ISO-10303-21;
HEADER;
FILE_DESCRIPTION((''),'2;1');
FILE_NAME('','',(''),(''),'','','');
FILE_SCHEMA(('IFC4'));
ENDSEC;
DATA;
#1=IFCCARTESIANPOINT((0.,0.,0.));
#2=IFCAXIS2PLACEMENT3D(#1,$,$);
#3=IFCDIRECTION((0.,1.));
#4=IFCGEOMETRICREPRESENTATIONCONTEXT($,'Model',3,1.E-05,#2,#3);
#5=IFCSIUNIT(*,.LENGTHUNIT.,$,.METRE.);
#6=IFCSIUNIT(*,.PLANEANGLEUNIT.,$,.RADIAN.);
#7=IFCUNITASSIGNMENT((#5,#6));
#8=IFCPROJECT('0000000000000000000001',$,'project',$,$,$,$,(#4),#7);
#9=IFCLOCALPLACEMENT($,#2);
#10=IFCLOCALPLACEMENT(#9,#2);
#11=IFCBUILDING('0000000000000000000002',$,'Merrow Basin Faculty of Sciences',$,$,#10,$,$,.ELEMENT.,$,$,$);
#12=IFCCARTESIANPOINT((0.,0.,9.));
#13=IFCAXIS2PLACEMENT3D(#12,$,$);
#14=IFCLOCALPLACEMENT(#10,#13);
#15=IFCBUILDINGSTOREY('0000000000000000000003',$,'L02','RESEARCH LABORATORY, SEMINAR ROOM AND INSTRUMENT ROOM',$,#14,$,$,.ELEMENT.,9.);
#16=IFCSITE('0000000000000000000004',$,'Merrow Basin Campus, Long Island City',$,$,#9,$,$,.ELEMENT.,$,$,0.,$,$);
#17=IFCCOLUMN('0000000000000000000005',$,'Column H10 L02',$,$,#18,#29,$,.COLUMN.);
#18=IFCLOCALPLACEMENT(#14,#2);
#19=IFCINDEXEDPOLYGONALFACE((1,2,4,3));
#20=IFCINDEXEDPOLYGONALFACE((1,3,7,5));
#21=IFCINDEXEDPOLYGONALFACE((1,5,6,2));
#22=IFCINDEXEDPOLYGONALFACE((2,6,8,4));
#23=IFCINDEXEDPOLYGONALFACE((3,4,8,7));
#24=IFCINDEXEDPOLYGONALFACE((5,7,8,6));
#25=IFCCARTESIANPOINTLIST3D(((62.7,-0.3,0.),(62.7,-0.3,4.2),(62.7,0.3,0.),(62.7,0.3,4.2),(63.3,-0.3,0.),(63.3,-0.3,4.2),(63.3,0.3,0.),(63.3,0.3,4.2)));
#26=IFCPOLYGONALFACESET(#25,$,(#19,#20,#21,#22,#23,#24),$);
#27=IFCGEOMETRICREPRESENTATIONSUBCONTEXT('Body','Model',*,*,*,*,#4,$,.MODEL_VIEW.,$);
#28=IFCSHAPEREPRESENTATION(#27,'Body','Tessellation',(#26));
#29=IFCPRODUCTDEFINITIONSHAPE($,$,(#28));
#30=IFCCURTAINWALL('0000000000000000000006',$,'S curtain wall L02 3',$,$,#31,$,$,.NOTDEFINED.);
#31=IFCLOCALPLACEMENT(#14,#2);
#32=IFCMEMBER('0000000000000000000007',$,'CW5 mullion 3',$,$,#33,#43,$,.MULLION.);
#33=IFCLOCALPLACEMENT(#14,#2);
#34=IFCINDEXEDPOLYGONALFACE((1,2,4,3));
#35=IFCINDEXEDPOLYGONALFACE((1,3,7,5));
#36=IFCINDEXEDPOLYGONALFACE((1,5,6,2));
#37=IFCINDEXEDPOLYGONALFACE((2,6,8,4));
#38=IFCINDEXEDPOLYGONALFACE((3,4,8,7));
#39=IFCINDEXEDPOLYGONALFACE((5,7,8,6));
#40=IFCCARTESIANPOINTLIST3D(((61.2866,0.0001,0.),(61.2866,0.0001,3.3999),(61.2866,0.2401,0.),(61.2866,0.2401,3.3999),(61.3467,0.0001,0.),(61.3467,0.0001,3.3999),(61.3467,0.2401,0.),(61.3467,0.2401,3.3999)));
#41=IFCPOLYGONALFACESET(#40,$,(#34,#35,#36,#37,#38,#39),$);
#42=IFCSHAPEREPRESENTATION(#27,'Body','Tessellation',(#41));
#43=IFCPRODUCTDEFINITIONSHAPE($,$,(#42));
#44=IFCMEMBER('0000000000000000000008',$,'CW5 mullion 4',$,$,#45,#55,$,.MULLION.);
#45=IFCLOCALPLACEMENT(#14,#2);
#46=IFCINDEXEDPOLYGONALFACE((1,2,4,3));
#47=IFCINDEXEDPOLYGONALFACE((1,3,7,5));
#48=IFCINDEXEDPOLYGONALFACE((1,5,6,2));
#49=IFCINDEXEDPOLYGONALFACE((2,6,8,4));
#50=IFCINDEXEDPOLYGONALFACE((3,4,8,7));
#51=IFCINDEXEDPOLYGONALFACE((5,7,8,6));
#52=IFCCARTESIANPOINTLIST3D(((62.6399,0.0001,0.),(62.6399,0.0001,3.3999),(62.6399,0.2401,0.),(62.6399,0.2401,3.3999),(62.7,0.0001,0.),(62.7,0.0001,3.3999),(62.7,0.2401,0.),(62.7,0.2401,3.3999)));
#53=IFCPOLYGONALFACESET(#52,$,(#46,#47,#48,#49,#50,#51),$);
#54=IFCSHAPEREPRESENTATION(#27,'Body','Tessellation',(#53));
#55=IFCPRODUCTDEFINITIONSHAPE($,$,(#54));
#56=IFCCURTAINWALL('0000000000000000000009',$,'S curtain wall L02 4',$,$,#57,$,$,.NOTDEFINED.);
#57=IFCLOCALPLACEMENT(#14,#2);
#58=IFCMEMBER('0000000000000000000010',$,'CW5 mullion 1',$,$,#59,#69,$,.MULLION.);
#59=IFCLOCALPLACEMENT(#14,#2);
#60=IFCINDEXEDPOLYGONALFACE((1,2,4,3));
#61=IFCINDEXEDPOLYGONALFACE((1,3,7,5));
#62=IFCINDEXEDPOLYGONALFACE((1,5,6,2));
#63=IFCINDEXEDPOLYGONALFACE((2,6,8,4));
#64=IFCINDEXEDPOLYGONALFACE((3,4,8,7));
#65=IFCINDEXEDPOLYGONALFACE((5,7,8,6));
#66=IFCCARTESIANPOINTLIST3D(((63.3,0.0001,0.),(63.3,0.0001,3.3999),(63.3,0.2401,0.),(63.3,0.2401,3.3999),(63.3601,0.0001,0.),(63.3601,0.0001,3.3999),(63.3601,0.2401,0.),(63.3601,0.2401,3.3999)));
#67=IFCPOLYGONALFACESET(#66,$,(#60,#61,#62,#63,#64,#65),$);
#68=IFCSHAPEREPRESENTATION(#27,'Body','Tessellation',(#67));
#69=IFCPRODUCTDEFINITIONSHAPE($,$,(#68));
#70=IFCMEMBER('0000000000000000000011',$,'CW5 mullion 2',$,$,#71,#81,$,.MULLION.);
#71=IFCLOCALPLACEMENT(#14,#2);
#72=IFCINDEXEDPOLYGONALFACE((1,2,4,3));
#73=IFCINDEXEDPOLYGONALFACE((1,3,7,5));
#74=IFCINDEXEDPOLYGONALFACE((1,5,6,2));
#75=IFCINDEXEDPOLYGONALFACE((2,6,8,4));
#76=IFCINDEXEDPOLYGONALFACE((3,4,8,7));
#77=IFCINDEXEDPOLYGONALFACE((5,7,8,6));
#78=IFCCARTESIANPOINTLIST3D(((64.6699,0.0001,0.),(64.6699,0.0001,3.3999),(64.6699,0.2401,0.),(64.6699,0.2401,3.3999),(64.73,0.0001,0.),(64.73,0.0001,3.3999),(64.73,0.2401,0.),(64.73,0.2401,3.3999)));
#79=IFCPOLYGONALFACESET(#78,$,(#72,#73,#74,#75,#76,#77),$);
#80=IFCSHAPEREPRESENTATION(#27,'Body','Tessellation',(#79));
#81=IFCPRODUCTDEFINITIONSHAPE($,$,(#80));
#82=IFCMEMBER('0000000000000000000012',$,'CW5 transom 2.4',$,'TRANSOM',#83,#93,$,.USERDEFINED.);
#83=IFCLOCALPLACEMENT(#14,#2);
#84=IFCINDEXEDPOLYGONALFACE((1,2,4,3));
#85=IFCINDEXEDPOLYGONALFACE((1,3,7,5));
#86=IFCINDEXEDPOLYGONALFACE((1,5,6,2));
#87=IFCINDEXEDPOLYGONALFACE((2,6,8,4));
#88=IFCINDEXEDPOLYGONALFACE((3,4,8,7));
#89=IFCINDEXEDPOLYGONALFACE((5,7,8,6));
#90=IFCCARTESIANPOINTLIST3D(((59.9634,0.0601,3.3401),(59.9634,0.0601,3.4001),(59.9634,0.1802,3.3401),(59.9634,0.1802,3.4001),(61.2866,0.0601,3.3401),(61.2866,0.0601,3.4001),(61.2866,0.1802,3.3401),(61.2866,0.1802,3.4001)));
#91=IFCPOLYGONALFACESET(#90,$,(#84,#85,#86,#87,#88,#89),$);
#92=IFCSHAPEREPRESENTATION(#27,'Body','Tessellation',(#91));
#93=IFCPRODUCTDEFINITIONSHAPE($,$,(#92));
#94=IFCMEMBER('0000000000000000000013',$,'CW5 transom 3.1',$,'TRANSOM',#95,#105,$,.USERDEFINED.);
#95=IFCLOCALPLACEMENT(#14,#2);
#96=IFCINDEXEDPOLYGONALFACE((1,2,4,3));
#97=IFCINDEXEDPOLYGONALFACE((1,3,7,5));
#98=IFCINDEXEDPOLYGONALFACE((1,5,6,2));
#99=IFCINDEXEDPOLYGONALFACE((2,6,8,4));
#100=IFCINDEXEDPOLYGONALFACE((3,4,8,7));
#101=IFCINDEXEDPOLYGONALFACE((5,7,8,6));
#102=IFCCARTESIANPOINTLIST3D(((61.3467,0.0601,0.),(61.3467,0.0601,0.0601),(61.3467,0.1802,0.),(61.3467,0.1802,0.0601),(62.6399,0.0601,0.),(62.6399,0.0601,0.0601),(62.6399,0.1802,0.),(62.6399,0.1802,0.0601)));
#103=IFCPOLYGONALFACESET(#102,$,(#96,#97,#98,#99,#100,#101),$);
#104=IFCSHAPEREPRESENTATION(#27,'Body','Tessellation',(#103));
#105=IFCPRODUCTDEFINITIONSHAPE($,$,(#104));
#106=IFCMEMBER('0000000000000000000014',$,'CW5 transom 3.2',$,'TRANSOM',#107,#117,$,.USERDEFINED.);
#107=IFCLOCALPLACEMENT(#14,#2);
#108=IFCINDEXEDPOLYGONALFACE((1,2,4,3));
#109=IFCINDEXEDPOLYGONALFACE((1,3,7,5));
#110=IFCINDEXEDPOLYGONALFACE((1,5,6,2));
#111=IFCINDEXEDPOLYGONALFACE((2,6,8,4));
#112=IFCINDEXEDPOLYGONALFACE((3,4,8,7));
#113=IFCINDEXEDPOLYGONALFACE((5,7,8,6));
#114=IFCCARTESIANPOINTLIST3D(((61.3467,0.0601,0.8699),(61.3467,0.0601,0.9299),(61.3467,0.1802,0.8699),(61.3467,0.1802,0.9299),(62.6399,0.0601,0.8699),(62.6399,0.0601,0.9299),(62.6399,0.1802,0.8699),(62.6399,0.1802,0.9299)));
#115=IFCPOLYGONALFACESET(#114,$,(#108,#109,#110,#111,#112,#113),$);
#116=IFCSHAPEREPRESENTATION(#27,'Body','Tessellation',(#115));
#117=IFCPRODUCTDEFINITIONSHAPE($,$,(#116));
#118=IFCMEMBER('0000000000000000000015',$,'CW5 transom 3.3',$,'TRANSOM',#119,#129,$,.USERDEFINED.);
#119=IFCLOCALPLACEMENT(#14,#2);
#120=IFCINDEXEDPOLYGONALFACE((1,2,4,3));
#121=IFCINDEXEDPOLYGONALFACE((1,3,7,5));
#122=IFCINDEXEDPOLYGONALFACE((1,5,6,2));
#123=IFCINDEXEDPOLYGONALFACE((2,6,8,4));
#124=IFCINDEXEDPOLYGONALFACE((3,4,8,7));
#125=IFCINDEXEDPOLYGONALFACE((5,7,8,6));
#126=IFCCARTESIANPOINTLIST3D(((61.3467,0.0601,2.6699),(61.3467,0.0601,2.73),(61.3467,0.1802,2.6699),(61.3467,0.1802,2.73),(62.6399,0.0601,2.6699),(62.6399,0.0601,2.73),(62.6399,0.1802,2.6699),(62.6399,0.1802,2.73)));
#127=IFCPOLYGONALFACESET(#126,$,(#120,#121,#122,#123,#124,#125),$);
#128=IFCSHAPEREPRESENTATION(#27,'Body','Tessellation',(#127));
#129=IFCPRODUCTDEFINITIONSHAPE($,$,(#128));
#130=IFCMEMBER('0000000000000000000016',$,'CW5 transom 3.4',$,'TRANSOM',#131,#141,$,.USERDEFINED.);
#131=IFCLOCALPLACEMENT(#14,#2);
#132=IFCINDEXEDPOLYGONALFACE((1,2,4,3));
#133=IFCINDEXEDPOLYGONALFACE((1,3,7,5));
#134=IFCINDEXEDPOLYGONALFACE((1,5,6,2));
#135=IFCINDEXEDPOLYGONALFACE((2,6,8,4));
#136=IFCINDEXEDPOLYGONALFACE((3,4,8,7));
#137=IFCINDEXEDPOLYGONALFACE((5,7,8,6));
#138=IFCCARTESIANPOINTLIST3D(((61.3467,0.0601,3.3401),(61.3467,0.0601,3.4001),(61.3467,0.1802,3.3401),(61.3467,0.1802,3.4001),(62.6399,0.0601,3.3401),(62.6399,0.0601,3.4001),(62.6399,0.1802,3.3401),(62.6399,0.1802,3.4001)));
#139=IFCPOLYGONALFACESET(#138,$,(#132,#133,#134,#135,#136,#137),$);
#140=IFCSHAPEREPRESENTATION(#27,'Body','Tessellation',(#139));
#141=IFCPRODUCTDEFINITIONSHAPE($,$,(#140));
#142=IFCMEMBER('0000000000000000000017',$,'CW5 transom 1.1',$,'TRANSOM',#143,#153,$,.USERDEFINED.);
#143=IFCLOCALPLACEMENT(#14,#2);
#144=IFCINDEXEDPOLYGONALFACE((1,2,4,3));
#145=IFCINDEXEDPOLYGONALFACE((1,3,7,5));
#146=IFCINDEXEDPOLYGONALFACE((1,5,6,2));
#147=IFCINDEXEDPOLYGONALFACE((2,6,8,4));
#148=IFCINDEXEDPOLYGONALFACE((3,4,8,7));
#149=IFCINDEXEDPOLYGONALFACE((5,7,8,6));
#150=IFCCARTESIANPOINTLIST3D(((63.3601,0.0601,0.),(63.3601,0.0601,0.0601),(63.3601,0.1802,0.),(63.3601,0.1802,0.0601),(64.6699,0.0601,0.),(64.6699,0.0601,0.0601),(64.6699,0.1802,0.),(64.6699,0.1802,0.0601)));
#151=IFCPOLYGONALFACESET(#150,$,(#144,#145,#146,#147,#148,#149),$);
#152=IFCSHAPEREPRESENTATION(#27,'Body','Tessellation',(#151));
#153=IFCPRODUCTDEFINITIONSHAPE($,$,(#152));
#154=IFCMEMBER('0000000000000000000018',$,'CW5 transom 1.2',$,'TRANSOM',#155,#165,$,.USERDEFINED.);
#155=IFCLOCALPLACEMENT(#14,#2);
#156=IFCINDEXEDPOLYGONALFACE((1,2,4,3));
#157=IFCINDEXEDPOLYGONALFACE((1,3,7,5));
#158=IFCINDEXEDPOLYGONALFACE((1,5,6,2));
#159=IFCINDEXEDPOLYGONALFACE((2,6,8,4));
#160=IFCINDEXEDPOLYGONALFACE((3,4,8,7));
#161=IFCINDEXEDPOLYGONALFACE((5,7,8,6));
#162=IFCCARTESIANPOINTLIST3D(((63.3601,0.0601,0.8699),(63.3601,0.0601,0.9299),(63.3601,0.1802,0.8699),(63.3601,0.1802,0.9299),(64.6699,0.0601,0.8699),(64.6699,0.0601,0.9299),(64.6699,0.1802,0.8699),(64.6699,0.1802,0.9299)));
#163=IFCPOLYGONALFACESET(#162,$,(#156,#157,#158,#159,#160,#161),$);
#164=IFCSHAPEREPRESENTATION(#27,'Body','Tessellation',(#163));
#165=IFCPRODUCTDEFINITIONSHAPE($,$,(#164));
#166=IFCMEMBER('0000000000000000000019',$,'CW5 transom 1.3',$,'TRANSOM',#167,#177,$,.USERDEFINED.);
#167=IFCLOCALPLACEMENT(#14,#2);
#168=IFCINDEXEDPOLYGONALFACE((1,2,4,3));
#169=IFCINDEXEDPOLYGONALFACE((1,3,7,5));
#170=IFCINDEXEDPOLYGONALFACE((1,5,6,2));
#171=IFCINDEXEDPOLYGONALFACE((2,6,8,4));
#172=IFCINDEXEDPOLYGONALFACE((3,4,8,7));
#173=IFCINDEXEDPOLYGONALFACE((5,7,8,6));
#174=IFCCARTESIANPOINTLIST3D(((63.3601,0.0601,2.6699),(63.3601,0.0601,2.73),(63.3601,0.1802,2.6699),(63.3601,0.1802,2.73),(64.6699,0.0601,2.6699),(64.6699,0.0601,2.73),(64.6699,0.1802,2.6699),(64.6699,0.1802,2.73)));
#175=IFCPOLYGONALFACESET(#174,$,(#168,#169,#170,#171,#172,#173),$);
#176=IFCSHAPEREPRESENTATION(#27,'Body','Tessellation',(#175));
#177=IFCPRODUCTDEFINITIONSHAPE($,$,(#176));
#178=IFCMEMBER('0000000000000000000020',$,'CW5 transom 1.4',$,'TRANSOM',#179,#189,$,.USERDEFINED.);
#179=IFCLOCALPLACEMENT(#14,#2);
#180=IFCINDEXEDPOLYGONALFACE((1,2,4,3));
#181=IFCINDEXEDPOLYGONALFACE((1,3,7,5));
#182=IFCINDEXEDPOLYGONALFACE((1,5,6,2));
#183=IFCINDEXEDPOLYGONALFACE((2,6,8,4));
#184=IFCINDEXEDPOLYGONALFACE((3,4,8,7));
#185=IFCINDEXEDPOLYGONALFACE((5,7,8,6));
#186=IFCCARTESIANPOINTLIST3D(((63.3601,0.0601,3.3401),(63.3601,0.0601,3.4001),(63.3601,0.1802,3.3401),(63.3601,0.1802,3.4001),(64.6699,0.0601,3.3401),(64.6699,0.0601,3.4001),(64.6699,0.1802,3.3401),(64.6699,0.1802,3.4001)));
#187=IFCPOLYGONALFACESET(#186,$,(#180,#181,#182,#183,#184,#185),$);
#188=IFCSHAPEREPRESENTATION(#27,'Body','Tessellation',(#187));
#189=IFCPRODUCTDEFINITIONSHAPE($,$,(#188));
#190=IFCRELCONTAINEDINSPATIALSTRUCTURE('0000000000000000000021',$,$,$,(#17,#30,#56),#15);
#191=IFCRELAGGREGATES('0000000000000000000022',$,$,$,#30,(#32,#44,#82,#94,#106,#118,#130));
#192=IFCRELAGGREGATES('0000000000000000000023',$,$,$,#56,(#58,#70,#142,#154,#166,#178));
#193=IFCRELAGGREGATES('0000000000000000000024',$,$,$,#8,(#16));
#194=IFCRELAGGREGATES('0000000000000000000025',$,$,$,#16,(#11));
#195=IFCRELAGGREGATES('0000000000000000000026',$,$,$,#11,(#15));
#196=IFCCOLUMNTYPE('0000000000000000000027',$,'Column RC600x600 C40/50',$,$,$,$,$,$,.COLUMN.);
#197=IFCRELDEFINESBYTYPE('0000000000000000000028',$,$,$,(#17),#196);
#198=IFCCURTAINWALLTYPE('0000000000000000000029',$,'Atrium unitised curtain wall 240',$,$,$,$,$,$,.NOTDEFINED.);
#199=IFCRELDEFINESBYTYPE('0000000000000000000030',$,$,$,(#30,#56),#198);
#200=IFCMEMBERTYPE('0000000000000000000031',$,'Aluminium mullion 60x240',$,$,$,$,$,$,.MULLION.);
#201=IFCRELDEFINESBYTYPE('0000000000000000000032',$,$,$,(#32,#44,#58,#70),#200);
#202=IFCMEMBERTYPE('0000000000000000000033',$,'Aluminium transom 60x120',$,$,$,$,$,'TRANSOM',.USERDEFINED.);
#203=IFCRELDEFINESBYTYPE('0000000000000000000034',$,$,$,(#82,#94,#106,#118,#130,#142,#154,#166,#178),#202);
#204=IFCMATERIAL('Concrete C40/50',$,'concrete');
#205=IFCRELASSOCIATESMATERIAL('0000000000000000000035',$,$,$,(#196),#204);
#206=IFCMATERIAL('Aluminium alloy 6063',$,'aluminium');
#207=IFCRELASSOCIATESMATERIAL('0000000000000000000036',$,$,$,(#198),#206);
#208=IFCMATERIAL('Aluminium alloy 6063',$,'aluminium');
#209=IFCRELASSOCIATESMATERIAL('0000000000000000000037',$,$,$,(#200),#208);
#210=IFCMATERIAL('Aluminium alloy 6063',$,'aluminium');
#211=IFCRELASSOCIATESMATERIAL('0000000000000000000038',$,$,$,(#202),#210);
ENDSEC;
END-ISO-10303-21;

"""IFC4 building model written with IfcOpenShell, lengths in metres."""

from ifc_helpers import new_model, si_unit, direction, frame, origin, origin_2d, place, context, subcontext, project, spatial, rectangle, extrude, material, material_profile, profile_set, type_object, element, aggregate, save


model = new_model("IFC4")

# Units and contexts
model_context = context("Model", 3, precision=1e-05, world=origin(), true_north=direction((0.0, 1.0)))
body_context = subcontext(model_context, "Body", "Model", "MODEL_VIEW")
ifc_project = project(units=[si_unit("LENGTHUNIT", "METRE"), si_unit("PLANEANGLEUNIT", "RADIAN")], contexts=[model_context])

# Site, building, storey
site_placement = place(None, origin())
site = spatial("IfcSite", under=ifc_project, at=site_placement, Name="Merrow Basin Campus, Long Island City", CompositionType="ELEMENT", RefElevation=0.0)
building_placement = place(site_placement, origin())
building = spatial("IfcBuilding", under=site, at=building_placement, Name="Merrow Basin Faculty of Sciences", CompositionType="ELEMENT")
storey_placement = place(building_placement, frame((0.0, 0.0, 9.0)))
storey = spatial("IfcBuildingStorey", under=building, at=storey_placement, Name="L02", Description="RESEARCH LABORATORY, SEMINAR ROOM AND INSTRUMENT ROOM", CompositionType="ELEMENT", Elevation=9.0)

# Column
ifc_material_1 = material(Name="Concrete C40/50", Category="concrete")
ifc_material_profile_1 = material_profile(ifc_material_1, rectangle(XDim=0.6001, YDim=0.6001, at=origin_2d()))
ifc_profile_set_1 = profile_set([ifc_material_profile_1], Name="Concrete C40/50")
column_type = type_object("IfcColumnType", Name="Column RC600x600 C40/50", PredefinedType="COLUMN", material=ifc_profile_set_1)
column_placement = place(storey_placement, frame((63.0, 0.0, 0.0), z_axis=(0.0, 0.0, 1.0), x_axis=(1.0, 0.0, 0.0)))
element("IfcColumn", 1, at=column_placement, inside=storey, type_object=column_type, Name="Column H10 L02", PredefinedType="COLUMN", context=body_context, shape_type="SweptSolid", body=[
    extrude(rectangle(XDim=0.6001, YDim=0.6001, at=origin_2d()), origin(), (0.0, 0.0, 1.0), 4.2),
])

# Curtain walls, members
ifc_material_2 = material(Name="Aluminium alloy 6063", Category="aluminium")
curtain_wall_type = type_object("IfcCurtainWallType", Name="Atrium unitised curtain wall 240", PredefinedType="NOTDEFINED", material=ifc_material_2)
curtain_wall_1_placement = place(storey_placement, origin())
curtain_wall_1 = element("IfcCurtainWall", 2, at=curtain_wall_1_placement, inside=storey, type_object=curtain_wall_type, Name="S curtain wall L02 3", PredefinedType="NOTDEFINED")
ifc_material_3 = material(Name="Aluminium alloy 6063", Category="aluminium")
ifc_material_profile_2 = material_profile(ifc_material_3, rectangle(XDim=0.24, YDim=0.0601, at=origin_2d()))
ifc_profile_set_2 = profile_set([ifc_material_profile_2], Name="Aluminium alloy 6063")
member_type_1 = type_object("IfcMemberType", Name="Aluminium mullion 60x240", PredefinedType="MULLION", material=ifc_profile_set_2)
member_1_placement = place(storey_placement, frame((61.3167, 0.1201, 0.0), z_axis=(0.0, 0.0, 1.0), x_axis=(0.0, 1.0, 0.0)))
member_1 = element("IfcMember", 3, at=member_1_placement, type_object=member_type_1, Name="CW5 mullion 3", PredefinedType="MULLION", context=body_context, shape_type="SweptSolid", body=[
    extrude(rectangle(XDim=0.24, YDim=0.0601, at=origin_2d()), origin(), (0.0, 0.0, 1.0), 3.3999),
])
member_2_placement = place(storey_placement, frame((62.6699, 0.1201, 0.0), z_axis=(0.0, 0.0, 1.0), x_axis=(0.0, 1.0, 0.0)))
member_2 = element("IfcMember", 4, at=member_2_placement, type_object=member_type_1, Name="CW5 mullion 4", PredefinedType="MULLION", context=body_context, shape_type="SweptSolid", body=[
    extrude(rectangle(XDim=0.24, YDim=0.0601, at=origin_2d()), origin(), (0.0, 0.0, 1.0), 3.3999),
])
curtain_wall_2_placement = place(storey_placement, origin())
curtain_wall_2 = element("IfcCurtainWall", 5, at=curtain_wall_2_placement, inside=storey, type_object=curtain_wall_type, Name="S curtain wall L02 4", PredefinedType="NOTDEFINED")
member_3_placement = place(storey_placement, frame((63.3301, 0.1201, 0.0), z_axis=(0.0, 0.0, 1.0), x_axis=(0.0, 1.0, 0.0)))
member_3 = element("IfcMember", 6, at=member_3_placement, type_object=member_type_1, Name="CW5 mullion 1", PredefinedType="MULLION", context=body_context, shape_type="SweptSolid", body=[
    extrude(rectangle(XDim=0.24, YDim=0.0601, at=origin_2d()), origin(), (0.0, 0.0, 1.0), 3.3999),
])
member_4_placement = place(storey_placement, frame((64.7, 0.1201, 0.0), z_axis=(0.0, 0.0, 1.0), x_axis=(0.0, 1.0, 0.0)))
member_4 = element("IfcMember", 7, at=member_4_placement, type_object=member_type_1, Name="CW5 mullion 2", PredefinedType="MULLION", context=body_context, shape_type="SweptSolid", body=[
    extrude(rectangle(XDim=0.24, YDim=0.0601, at=origin_2d()), origin(), (0.0, 0.0, 1.0), 3.3999),
])

# Members
ifc_material_4 = material(Name="Aluminium alloy 6063", Category="aluminium")
ifc_material_profile_3 = material_profile(ifc_material_4, rectangle(XDim=0.1201, YDim=0.0601, at=origin_2d()))
ifc_profile_set_3 = profile_set([ifc_material_profile_3], Name="Aluminium alloy 6063")
member_type_2 = type_object("IfcMemberType", Name="Aluminium transom 60x120", ElementType="TRANSOM", PredefinedType="USERDEFINED", material=ifc_profile_set_3)
member_5_placement = place(storey_placement, frame((59.9634, 0.1201, 3.3701), z_axis=(1.0, 0.0, 0.0), x_axis=(0.0, 1.0, 0.0)))
member_5 = element("IfcMember", 8, at=member_5_placement, type_object=member_type_2, Name="CW5 transom 2.4", ObjectType="TRANSOM", PredefinedType="USERDEFINED", context=body_context, shape_type="SweptSolid", body=[
    extrude(rectangle(XDim=0.1201, YDim=0.0601, at=origin_2d()), origin(), (0.0, 0.0, 1.0), 1.3232),
])
member_6_placement = place(storey_placement, frame((61.3467, 0.1201, 0.03), z_axis=(1.0, 0.0, 0.0), x_axis=(0.0, 1.0, 0.0)))
member_6 = element("IfcMember", 9, at=member_6_placement, type_object=member_type_2, Name="CW5 transom 3.1", ObjectType="TRANSOM", PredefinedType="USERDEFINED", context=body_context, shape_type="SweptSolid", body=[
    extrude(rectangle(XDim=0.1201, YDim=0.0601, at=origin_2d()), origin(), (0.0, 0.0, 1.0), 1.2932),
])
member_7_placement = place(storey_placement, frame((61.3467, 0.1201, 0.8999), z_axis=(1.0, 0.0, 0.0), x_axis=(0.0, 1.0, 0.0)))
member_7 = element("IfcMember", 10, at=member_7_placement, type_object=member_type_2, Name="CW5 transom 3.2", ObjectType="TRANSOM", PredefinedType="USERDEFINED", context=body_context, shape_type="SweptSolid", body=[
    extrude(rectangle(XDim=0.1201, YDim=0.0601, at=origin_2d()), origin(), (0.0, 0.0, 1.0), 1.2932),
])
member_8_placement = place(storey_placement, frame((61.3467, 0.1201, 2.7), z_axis=(1.0, 0.0, 0.0), x_axis=(0.0, 1.0, 0.0)))
member_8 = element("IfcMember", 11, at=member_8_placement, type_object=member_type_2, Name="CW5 transom 3.3", ObjectType="TRANSOM", PredefinedType="USERDEFINED", context=body_context, shape_type="SweptSolid", body=[
    extrude(rectangle(XDim=0.1201, YDim=0.0601, at=origin_2d()), origin(), (0.0, 0.0, 1.0), 1.2932),
])
member_9_placement = place(storey_placement, frame((61.3467, 0.1201, 3.3701), z_axis=(1.0, 0.0, 0.0), x_axis=(0.0, 1.0, 0.0)))
member_9 = element("IfcMember", 12, at=member_9_placement, type_object=member_type_2, Name="CW5 transom 3.4", ObjectType="TRANSOM", PredefinedType="USERDEFINED", context=body_context, shape_type="SweptSolid", body=[
    extrude(rectangle(XDim=0.1201, YDim=0.0601, at=origin_2d()), origin(), (0.0, 0.0, 1.0), 1.2932),
])
member_10_placement = place(storey_placement, frame((63.3601, 0.1201, 0.03), z_axis=(1.0, 0.0, 0.0), x_axis=(0.0, 1.0, 0.0)))
member_10 = element("IfcMember", 13, at=member_10_placement, type_object=member_type_2, Name="CW5 transom 1.1", ObjectType="TRANSOM", PredefinedType="USERDEFINED", context=body_context, shape_type="SweptSolid", body=[
    extrude(rectangle(XDim=0.1201, YDim=0.0601, at=origin_2d()), origin(), (0.0, 0.0, 1.0), 1.3098),
])
member_11_placement = place(storey_placement, frame((63.3601, 0.1201, 0.8999), z_axis=(1.0, 0.0, 0.0), x_axis=(0.0, 1.0, 0.0)))
member_11 = element("IfcMember", 14, at=member_11_placement, type_object=member_type_2, Name="CW5 transom 1.2", ObjectType="TRANSOM", PredefinedType="USERDEFINED", context=body_context, shape_type="SweptSolid", body=[
    extrude(rectangle(XDim=0.1201, YDim=0.0601, at=origin_2d()), origin(), (0.0, 0.0, 1.0), 1.3098),
])
member_12_placement = place(storey_placement, frame((63.3601, 0.1201, 2.7), z_axis=(1.0, 0.0, 0.0), x_axis=(0.0, 1.0, 0.0)))
member_12 = element("IfcMember", 15, at=member_12_placement, type_object=member_type_2, Name="CW5 transom 1.3", ObjectType="TRANSOM", PredefinedType="USERDEFINED", context=body_context, shape_type="SweptSolid", body=[
    extrude(rectangle(XDim=0.1201, YDim=0.0601, at=origin_2d()), origin(), (0.0, 0.0, 1.0), 1.3098),
])
member_13_placement = place(storey_placement, frame((63.3601, 0.1201, 3.3701), z_axis=(1.0, 0.0, 0.0), x_axis=(0.0, 1.0, 0.0)))
member_13 = element("IfcMember", 16, at=member_13_placement, type_object=member_type_2, Name="CW5 transom 1.4", ObjectType="TRANSOM", PredefinedType="USERDEFINED", context=body_context, shape_type="SweptSolid", body=[
    extrude(rectangle(XDim=0.1201, YDim=0.0601, at=origin_2d()), origin(), (0.0, 0.0, 1.0), 1.3098),
])

aggregate(curtain_wall_1, [member_1, member_2, member_5, member_6, member_7, member_8, member_9])
aggregate(curtain_wall_2, [member_3, member_4, member_10, member_11, member_12, member_13])

save(model, "model.ifc")
